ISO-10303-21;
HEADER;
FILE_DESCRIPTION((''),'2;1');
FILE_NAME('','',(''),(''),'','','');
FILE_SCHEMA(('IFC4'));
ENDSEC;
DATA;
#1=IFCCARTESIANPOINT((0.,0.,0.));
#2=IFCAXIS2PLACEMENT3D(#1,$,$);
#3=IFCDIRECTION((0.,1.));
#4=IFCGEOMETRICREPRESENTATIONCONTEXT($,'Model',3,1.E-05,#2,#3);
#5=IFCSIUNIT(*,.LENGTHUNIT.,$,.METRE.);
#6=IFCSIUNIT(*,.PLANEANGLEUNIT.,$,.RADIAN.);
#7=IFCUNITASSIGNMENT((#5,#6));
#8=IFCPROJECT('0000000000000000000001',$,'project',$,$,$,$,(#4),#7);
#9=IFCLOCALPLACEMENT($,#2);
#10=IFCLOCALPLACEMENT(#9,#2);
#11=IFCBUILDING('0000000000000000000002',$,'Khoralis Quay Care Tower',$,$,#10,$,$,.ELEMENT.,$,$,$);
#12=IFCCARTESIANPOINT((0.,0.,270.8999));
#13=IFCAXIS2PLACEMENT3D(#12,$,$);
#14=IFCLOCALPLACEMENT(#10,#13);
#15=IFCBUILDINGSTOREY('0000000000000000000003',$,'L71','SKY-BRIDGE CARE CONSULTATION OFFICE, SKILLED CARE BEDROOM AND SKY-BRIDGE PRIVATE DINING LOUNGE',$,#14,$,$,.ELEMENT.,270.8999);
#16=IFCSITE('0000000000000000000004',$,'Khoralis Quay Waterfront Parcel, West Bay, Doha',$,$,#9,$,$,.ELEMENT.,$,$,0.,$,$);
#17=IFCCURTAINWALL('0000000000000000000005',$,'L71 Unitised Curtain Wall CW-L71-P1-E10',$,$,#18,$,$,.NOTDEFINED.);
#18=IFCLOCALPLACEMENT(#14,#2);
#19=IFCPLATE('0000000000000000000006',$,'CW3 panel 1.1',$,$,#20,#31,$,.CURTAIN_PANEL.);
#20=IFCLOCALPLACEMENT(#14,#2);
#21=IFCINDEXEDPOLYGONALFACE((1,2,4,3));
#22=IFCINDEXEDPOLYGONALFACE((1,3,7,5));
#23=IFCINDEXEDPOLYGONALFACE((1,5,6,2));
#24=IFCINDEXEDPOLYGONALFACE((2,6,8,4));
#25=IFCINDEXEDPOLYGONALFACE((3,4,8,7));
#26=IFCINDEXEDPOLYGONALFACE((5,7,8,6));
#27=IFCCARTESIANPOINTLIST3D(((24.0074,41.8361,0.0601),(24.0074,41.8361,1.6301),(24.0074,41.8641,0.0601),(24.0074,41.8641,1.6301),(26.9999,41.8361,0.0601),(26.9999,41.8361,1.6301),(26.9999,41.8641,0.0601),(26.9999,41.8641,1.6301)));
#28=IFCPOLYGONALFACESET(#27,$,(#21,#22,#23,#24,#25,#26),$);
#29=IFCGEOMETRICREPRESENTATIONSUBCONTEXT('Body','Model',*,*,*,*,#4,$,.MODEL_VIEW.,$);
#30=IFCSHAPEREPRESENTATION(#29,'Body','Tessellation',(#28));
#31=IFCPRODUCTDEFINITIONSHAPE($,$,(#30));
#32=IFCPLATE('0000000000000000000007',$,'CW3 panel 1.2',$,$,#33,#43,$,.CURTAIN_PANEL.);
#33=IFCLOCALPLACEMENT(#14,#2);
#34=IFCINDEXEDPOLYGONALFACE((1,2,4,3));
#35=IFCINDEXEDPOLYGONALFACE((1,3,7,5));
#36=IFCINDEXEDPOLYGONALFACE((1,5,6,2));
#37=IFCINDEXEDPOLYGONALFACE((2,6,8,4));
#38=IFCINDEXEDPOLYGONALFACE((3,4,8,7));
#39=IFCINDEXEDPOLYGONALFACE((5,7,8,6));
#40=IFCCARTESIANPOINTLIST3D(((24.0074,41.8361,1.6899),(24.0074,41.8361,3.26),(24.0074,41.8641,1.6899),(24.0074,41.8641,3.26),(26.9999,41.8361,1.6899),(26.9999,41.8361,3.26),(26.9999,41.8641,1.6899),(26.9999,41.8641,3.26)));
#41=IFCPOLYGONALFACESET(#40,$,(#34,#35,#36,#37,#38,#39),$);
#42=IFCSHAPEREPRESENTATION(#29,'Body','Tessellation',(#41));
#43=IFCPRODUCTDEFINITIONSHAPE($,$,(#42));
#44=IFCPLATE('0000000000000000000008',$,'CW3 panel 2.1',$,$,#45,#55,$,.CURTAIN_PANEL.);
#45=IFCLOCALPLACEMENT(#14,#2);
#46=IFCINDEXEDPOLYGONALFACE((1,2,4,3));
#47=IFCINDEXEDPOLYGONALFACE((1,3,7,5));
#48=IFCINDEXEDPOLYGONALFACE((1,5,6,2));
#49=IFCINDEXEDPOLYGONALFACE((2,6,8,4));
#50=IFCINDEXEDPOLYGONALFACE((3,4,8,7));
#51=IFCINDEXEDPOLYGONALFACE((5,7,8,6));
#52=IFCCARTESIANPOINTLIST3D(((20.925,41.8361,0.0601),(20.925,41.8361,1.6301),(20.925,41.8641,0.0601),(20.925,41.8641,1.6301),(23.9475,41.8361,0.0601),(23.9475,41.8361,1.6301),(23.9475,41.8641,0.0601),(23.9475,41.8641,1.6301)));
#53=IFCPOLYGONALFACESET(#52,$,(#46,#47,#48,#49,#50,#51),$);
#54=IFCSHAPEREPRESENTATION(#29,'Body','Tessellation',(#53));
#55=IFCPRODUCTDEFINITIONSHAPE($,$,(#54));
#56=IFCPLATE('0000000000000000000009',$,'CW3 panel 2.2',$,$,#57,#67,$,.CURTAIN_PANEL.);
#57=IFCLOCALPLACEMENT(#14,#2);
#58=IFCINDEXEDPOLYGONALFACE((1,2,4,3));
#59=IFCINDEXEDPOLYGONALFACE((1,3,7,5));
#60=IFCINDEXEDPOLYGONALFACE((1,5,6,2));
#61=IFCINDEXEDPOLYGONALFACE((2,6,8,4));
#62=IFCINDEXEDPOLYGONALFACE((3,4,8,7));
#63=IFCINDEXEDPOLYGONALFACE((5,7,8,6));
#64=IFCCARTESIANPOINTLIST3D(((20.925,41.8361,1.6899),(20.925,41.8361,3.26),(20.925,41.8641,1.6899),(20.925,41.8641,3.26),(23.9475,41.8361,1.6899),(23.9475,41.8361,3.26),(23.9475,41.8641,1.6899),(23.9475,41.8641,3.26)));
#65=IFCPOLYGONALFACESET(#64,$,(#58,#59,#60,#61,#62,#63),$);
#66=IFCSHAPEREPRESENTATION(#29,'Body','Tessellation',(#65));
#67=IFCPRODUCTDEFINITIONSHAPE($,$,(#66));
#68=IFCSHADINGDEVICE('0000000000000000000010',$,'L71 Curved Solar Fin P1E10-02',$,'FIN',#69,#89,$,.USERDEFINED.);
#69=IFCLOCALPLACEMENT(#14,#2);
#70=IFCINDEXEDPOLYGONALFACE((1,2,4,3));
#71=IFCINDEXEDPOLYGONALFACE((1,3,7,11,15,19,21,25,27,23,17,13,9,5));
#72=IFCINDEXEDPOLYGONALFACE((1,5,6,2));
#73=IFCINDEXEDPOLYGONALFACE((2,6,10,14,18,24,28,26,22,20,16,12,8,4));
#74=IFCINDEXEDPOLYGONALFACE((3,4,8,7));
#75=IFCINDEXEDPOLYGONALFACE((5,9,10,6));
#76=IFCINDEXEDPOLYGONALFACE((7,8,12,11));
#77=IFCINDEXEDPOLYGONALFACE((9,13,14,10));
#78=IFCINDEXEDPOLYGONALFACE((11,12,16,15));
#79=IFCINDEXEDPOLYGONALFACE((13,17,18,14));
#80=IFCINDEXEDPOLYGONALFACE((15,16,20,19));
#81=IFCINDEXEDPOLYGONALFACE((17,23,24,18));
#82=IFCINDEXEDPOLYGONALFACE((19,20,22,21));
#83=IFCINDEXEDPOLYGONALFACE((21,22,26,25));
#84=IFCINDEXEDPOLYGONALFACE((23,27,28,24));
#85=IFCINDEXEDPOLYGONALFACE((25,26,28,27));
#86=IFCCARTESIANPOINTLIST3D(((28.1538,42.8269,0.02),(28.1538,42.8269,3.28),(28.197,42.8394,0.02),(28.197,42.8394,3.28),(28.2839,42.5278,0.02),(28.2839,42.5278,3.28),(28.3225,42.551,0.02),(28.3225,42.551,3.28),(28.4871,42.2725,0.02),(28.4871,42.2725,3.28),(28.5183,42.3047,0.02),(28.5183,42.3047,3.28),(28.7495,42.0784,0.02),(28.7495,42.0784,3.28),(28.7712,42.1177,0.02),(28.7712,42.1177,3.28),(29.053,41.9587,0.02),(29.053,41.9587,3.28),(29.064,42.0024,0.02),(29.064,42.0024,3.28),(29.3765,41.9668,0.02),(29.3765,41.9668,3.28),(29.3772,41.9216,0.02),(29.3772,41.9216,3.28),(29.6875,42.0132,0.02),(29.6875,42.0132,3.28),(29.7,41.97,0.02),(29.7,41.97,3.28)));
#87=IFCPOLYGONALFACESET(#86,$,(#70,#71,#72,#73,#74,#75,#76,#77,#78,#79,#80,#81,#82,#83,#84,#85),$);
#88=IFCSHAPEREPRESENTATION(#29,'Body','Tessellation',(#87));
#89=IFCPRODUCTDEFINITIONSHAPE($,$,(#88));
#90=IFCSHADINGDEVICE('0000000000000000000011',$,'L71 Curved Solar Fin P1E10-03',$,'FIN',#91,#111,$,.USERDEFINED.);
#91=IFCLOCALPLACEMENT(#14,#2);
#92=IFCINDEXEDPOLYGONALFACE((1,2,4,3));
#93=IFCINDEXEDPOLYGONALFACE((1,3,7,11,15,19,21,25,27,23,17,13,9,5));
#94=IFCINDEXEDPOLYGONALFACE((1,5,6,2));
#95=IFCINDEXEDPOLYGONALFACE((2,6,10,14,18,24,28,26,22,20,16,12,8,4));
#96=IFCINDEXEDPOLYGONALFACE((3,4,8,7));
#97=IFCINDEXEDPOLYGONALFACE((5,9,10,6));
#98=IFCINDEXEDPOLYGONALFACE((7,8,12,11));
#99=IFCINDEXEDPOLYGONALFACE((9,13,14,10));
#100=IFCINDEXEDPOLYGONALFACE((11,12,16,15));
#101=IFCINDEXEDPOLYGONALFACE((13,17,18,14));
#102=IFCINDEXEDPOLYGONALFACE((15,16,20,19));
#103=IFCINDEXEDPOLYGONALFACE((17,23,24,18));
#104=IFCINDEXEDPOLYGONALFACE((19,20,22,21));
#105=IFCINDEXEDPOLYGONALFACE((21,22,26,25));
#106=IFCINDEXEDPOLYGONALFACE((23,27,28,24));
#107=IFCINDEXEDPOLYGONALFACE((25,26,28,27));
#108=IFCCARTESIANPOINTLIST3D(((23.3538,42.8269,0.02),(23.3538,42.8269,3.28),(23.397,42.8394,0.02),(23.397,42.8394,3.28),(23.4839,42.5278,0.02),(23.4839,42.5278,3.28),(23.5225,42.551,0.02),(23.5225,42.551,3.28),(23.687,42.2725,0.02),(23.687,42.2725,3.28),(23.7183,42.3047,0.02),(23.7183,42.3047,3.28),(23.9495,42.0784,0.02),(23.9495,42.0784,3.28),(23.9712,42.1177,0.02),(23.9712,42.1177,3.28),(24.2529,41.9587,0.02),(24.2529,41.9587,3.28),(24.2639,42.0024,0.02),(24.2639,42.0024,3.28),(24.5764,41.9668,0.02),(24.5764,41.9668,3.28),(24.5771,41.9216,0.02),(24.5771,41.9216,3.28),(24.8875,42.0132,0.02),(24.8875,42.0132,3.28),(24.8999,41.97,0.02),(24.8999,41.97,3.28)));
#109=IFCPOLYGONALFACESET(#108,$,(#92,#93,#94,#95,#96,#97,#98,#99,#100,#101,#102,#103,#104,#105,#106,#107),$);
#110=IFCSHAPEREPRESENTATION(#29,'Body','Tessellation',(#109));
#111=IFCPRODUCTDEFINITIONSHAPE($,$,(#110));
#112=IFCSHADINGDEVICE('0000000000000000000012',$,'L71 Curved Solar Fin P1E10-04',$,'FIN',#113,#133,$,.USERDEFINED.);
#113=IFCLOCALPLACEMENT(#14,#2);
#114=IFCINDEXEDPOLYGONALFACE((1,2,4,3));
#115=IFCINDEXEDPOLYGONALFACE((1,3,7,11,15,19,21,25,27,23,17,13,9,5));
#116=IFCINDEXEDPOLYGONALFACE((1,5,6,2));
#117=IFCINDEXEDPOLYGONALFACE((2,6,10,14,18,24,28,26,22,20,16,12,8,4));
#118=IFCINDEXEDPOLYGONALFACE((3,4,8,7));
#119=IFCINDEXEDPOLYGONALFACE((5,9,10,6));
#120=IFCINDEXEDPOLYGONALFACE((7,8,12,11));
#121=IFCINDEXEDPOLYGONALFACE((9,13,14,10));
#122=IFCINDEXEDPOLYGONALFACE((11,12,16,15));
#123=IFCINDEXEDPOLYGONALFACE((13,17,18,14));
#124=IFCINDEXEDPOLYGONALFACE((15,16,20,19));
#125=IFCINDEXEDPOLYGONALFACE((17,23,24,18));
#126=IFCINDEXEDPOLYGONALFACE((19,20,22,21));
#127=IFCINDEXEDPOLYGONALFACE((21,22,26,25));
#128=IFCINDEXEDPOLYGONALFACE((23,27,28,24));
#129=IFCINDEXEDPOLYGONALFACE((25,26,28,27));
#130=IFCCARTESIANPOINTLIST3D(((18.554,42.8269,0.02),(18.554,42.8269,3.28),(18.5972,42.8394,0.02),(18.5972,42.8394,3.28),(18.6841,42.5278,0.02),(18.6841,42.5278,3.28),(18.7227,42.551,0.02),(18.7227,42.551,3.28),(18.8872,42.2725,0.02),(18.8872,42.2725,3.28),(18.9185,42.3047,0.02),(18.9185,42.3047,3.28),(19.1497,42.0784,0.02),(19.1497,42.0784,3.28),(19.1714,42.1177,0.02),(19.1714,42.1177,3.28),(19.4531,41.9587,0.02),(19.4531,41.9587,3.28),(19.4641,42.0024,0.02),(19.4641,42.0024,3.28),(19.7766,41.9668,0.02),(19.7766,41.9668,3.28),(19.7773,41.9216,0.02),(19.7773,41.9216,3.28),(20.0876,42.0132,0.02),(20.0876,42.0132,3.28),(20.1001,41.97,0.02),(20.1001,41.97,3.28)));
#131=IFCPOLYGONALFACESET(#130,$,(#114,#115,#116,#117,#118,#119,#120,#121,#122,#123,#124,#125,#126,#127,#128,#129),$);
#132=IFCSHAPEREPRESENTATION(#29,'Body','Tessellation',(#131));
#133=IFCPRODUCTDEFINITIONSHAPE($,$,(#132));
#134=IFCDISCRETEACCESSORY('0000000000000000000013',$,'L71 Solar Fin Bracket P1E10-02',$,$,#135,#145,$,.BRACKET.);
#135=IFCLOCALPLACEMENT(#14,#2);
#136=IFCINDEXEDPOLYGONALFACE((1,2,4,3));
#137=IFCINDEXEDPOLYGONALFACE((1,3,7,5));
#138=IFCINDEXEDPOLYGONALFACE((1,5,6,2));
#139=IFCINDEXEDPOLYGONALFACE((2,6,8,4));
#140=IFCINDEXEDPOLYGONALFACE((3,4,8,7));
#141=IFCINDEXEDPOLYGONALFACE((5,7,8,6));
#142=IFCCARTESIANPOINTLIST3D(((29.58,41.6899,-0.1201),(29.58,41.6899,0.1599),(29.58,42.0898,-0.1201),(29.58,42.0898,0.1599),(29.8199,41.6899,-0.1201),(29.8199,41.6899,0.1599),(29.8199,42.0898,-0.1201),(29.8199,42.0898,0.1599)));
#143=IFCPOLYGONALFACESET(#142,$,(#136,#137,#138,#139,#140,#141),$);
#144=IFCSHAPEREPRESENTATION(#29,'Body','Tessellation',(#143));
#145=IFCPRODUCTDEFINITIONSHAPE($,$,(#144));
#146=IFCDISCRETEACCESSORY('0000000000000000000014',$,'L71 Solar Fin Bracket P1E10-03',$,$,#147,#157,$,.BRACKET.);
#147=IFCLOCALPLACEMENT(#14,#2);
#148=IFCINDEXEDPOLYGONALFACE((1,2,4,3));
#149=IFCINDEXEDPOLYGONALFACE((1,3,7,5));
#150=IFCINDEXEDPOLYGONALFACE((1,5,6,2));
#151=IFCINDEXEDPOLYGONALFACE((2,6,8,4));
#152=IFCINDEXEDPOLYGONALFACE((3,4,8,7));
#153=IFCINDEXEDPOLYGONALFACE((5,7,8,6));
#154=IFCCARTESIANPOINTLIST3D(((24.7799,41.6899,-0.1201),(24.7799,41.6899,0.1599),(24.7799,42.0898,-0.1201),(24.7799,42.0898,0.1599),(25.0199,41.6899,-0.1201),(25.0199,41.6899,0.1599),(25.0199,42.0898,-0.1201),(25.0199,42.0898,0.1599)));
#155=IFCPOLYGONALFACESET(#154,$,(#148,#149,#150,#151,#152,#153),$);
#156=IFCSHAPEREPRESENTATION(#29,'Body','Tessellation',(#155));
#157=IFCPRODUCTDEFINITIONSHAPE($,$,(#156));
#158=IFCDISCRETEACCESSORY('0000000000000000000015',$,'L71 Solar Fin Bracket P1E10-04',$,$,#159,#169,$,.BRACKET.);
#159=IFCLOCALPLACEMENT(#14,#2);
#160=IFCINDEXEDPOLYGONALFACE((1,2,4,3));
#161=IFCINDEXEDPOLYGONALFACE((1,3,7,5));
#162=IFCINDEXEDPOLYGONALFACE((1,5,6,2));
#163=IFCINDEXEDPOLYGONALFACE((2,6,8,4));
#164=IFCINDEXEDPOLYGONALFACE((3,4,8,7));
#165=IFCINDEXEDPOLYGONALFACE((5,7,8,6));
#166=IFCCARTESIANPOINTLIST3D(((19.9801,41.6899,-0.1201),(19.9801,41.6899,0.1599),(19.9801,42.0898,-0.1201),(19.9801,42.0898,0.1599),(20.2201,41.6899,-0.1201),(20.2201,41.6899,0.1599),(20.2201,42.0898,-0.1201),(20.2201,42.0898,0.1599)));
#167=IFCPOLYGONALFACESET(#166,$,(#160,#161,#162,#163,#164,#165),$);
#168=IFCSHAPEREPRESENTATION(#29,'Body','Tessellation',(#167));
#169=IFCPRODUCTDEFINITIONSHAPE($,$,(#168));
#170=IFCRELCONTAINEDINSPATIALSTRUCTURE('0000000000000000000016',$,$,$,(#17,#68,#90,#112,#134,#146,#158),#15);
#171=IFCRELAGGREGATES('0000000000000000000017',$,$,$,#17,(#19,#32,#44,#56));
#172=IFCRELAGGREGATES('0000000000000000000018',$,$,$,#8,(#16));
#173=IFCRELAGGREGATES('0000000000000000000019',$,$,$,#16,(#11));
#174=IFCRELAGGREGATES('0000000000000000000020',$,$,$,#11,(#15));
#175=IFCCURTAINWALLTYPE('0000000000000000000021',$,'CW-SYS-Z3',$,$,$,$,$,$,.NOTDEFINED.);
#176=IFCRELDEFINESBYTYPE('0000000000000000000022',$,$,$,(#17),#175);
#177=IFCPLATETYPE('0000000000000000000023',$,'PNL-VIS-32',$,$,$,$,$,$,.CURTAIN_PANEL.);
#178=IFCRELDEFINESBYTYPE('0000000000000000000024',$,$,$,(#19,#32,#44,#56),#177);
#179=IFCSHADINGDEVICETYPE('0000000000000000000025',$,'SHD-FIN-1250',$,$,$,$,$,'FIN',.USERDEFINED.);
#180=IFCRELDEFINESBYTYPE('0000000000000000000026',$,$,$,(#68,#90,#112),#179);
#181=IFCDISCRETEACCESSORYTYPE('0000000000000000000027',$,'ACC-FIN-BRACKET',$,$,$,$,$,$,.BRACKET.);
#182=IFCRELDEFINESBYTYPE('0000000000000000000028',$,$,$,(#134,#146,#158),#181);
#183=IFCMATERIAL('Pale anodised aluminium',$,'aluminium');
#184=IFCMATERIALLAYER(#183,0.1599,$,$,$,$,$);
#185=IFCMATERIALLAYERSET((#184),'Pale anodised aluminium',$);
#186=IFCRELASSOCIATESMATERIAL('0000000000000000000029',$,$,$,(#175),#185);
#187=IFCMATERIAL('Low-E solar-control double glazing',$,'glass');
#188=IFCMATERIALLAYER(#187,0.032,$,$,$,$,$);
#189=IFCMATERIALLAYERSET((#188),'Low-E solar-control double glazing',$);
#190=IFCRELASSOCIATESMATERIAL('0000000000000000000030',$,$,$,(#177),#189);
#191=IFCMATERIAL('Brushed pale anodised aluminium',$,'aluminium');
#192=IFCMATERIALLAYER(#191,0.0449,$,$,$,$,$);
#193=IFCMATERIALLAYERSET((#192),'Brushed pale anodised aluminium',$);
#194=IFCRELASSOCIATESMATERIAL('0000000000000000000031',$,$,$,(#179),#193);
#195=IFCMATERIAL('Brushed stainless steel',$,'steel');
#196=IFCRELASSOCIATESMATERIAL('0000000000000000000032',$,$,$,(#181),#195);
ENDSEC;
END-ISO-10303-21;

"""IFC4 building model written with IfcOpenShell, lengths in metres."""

from ifc_helpers import new_model, si_unit, direction, frame, origin, origin_2d, place, context, subcontext, project, spatial, polyline, rectangle, outline, extrude, source, transform, mapped, material, layer, layer_set, type_object, element, aggregate, save


model = new_model("IFC4")

# Units and contexts
model_context = context("Model", 3, precision=1e-05, world=origin(), true_north=direction((0.0, 1.0)))
body_context = subcontext(model_context, "Body", "Model", "MODEL_VIEW")
ifc_project = project(units=[si_unit("LENGTHUNIT", "METRE"), si_unit("PLANEANGLEUNIT", "RADIAN")], contexts=[model_context])

# Site, building, storey
site_placement = place(None, origin())
site = spatial("IfcSite", under=ifc_project, at=site_placement, Name="Khoralis Quay Waterfront Parcel, West Bay, Doha", CompositionType="ELEMENT", RefElevation=0.0)
building_placement = place(site_placement, origin())
building = spatial("IfcBuilding", under=site, at=building_placement, Name="Khoralis Quay Care Tower", CompositionType="ELEMENT")
storey_placement = place(building_placement, frame((0.0, 0.0, 270.8999)))
storey = spatial("IfcBuildingStorey", under=building, at=storey_placement, Name="L71", Description="SKY-BRIDGE CARE CONSULTATION OFFICE, SKILLED CARE BEDROOM AND SKY-BRIDGE PRIVATE DINING LOUNGE", CompositionType="ELEMENT", Elevation=270.8999)

# Curtain wall, plates
ifc_material_1 = material(Name="Pale anodised aluminium", Category="aluminium")
ifc_layer_1 = layer(ifc_material_1, 0.1599)
ifc_layer_set_1 = layer_set([ifc_layer_1], Name="Pale anodised aluminium")
curtain_wall_type = type_object("IfcCurtainWallType", Name="CW-SYS-Z3", PredefinedType="NOTDEFINED", material=ifc_layer_set_1)
curtain_wall_placement = place(storey_placement, origin())
curtain_wall = element("IfcCurtainWall", 1, at=curtain_wall_placement, inside=storey, type_object=curtain_wall_type, Name="L71 Unitised Curtain Wall CW-L71-P1-E10", PredefinedType="NOTDEFINED")
ifc_material_2 = material(Name="Low-E solar-control double glazing", Category="glass")
ifc_layer_2 = layer(ifc_material_2, 0.032)
ifc_layer_set_2 = layer_set([ifc_layer_2], Name="Low-E solar-control double glazing")
plate_type = type_object("IfcPlateType", Name="PNL-VIS-32", PredefinedType="CURTAIN_PANEL", material=ifc_layer_set_2)
shared_shape_1 = source(origin(), body_context, "Body", "SweptSolid", [
    extrude(rectangle(XDim=2.9924, YDim=0.0281, at=origin_2d()), origin(), (0.0, 0.0, 1.0), 1.5701),
])
plate_1_placement = place(storey_placement, frame((25.5037, 41.8501, 0.0601), z_axis=(0.0, 0.0, 1.0), x_axis=(-1.0, 0.0, 0.0)))
plate_1 = element("IfcPlate", 2, at=plate_1_placement, type_object=plate_type, Name="CW3 panel 1.1", PredefinedType="CURTAIN_PANEL", context=body_context, shape_type="MappedRepresentation", body=[
    mapped(shared_shape_1, transform((0.0, 0.0, 0.0), scale=1.0)),
])
plate_2_placement = place(storey_placement, frame((25.5037, 41.8501, 1.6899), z_axis=(0.0, 0.0, 1.0), x_axis=(-1.0, 0.0, 0.0)))
plate_2 = element("IfcPlate", 3, at=plate_2_placement, type_object=plate_type, Name="CW3 panel 1.2", PredefinedType="CURTAIN_PANEL", context=body_context, shape_type="MappedRepresentation", body=[
    mapped(shared_shape_1, transform((0.0, 0.0, 0.0), scale=1.0)),
])
shared_shape_2 = source(origin(), body_context, "Body", "SweptSolid", [
    extrude(rectangle(XDim=3.0225, YDim=0.0281, at=origin_2d()), origin(), (0.0, 0.0, 1.0), 1.5701),
])
plate_3_placement = place(storey_placement, frame((22.4363, 41.8501, 0.0601), z_axis=(0.0, 0.0, 1.0), x_axis=(-1.0, 0.0, 0.0)))
plate_3 = element("IfcPlate", 4, at=plate_3_placement, type_object=plate_type, Name="CW3 panel 2.1", PredefinedType="CURTAIN_PANEL", context=body_context, shape_type="MappedRepresentation", body=[
    mapped(shared_shape_2, transform((0.0, 0.0, 0.0), scale=1.0)),
])
plate_4_placement = place(storey_placement, frame((22.4363, 41.8501, 1.6899), z_axis=(0.0, 0.0, 1.0), x_axis=(-1.0, 0.0, 0.0)))
plate_4 = element("IfcPlate", 5, at=plate_4_placement, type_object=plate_type, Name="CW3 panel 2.2", PredefinedType="CURTAIN_PANEL", context=body_context, shape_type="MappedRepresentation", body=[
    mapped(shared_shape_2, transform((0.0, 0.0, 0.0), scale=1.0)),
])
aggregate(curtain_wall, [plate_1, plate_2, plate_3, plate_4])

# Shading devices
ifc_material_3 = material(Name="Brushed pale anodised aluminium", Category="aluminium")
ifc_layer_3 = layer(ifc_material_3, 0.0449)
ifc_layer_set_3 = layer_set([ifc_layer_3], Name="Brushed pale anodised aluminium")
shading_device_type = type_object("IfcShadingDeviceType", Name="SHD-FIN-1250", ElementType="FIN", PredefinedType="USERDEFINED", material=ifc_layer_set_3)
shared_shape_3 = source(origin(), body_context, "Body", "SweptSolid", [
    extrude(outline(polyline([(0.0, 0.0), (-0.0483, 0.3228), (-0.0112, 0.647), (0.1084, 0.9504), (0.3025, 1.2129), (0.5579, 1.416), (0.8569, 1.5461), (0.8694, 1.5029), (0.5811, 1.3774), (0.3347, 1.1816), (0.1477, 0.9287), (0.0325, 0.636), (-0.0032, 0.3235), (0.0432, 0.0125), (0.0, 0.0)])), origin(), (0.0, 0.0, 1.0), 3.26),
])
for number, where, z_axis, x_axis, name in (
    (6, (29.7, 41.97, 0.02), (0.0, 0.0, 1.0), (0.0, 1.0, 0.0), "L71 Curved Solar Fin P1E10-02"),
    (7, (24.8999, 41.97, 0.02), (0.0, 0.0, 1.0), (0.0, 1.0, 0.0), "L71 Curved Solar Fin P1E10-03"),
    (8, (20.1001, 41.97, 0.02), (0.0, 0.0, 1.0), (0.0, 1.0, 0.0), "L71 Curved Solar Fin P1E10-04"),
):
    element("IfcShadingDevice", number, at=place(storey_placement, frame(where, z_axis=z_axis, x_axis=x_axis)), inside=storey, type_object=shading_device_type, Name=name, ObjectType="FIN", PredefinedType="USERDEFINED", context=body_context, shape_type="MappedRepresentation", body=[
        mapped(shared_shape_3, transform((0.0, 0.0, 0.0), scale=1.0)),
    ])

# Discrete accessories
ifc_material_4 = material(Name="Brushed stainless steel", Category="steel")
discrete_accessory_type = type_object("IfcDiscreteAccessoryType", Name="ACC-FIN-BRACKET", PredefinedType="BRACKET", material=ifc_material_4)
shared_shape_4 = source(origin(), body_context, "Body", "SweptSolid", [
    extrude(rectangle(XDim=0.3999, YDim=0.24, at=origin_2d()), origin(), (0.0, 0.0, 1.0), 0.28),
])
for number, where, z_axis, x_axis, name in (
    (9, (29.7, 41.8899, -0.1201), (0.0, 0.0, 1.0), (0.0, 1.0, 0.0), "L71 Solar Fin Bracket P1E10-02"),
    (10, (24.8999, 41.8899, -0.1201), (0.0, 0.0, 1.0), (0.0, 1.0, 0.0), "L71 Solar Fin Bracket P1E10-03"),
    (11, (20.1001, 41.8899, -0.1201), (0.0, 0.0, 1.0), (0.0, 1.0, 0.0), "L71 Solar Fin Bracket P1E10-04"),
):
    element("IfcDiscreteAccessory", number, at=place(storey_placement, frame(where, z_axis=z_axis, x_axis=x_axis)), inside=storey, type_object=discrete_accessory_type, Name=name, PredefinedType="BRACKET", context=body_context, shape_type="MappedRepresentation", body=[
        mapped(shared_shape_4, transform((0.0, 0.0, 0.0), scale=1.0)),
    ])

save(model, "model.ifc")
